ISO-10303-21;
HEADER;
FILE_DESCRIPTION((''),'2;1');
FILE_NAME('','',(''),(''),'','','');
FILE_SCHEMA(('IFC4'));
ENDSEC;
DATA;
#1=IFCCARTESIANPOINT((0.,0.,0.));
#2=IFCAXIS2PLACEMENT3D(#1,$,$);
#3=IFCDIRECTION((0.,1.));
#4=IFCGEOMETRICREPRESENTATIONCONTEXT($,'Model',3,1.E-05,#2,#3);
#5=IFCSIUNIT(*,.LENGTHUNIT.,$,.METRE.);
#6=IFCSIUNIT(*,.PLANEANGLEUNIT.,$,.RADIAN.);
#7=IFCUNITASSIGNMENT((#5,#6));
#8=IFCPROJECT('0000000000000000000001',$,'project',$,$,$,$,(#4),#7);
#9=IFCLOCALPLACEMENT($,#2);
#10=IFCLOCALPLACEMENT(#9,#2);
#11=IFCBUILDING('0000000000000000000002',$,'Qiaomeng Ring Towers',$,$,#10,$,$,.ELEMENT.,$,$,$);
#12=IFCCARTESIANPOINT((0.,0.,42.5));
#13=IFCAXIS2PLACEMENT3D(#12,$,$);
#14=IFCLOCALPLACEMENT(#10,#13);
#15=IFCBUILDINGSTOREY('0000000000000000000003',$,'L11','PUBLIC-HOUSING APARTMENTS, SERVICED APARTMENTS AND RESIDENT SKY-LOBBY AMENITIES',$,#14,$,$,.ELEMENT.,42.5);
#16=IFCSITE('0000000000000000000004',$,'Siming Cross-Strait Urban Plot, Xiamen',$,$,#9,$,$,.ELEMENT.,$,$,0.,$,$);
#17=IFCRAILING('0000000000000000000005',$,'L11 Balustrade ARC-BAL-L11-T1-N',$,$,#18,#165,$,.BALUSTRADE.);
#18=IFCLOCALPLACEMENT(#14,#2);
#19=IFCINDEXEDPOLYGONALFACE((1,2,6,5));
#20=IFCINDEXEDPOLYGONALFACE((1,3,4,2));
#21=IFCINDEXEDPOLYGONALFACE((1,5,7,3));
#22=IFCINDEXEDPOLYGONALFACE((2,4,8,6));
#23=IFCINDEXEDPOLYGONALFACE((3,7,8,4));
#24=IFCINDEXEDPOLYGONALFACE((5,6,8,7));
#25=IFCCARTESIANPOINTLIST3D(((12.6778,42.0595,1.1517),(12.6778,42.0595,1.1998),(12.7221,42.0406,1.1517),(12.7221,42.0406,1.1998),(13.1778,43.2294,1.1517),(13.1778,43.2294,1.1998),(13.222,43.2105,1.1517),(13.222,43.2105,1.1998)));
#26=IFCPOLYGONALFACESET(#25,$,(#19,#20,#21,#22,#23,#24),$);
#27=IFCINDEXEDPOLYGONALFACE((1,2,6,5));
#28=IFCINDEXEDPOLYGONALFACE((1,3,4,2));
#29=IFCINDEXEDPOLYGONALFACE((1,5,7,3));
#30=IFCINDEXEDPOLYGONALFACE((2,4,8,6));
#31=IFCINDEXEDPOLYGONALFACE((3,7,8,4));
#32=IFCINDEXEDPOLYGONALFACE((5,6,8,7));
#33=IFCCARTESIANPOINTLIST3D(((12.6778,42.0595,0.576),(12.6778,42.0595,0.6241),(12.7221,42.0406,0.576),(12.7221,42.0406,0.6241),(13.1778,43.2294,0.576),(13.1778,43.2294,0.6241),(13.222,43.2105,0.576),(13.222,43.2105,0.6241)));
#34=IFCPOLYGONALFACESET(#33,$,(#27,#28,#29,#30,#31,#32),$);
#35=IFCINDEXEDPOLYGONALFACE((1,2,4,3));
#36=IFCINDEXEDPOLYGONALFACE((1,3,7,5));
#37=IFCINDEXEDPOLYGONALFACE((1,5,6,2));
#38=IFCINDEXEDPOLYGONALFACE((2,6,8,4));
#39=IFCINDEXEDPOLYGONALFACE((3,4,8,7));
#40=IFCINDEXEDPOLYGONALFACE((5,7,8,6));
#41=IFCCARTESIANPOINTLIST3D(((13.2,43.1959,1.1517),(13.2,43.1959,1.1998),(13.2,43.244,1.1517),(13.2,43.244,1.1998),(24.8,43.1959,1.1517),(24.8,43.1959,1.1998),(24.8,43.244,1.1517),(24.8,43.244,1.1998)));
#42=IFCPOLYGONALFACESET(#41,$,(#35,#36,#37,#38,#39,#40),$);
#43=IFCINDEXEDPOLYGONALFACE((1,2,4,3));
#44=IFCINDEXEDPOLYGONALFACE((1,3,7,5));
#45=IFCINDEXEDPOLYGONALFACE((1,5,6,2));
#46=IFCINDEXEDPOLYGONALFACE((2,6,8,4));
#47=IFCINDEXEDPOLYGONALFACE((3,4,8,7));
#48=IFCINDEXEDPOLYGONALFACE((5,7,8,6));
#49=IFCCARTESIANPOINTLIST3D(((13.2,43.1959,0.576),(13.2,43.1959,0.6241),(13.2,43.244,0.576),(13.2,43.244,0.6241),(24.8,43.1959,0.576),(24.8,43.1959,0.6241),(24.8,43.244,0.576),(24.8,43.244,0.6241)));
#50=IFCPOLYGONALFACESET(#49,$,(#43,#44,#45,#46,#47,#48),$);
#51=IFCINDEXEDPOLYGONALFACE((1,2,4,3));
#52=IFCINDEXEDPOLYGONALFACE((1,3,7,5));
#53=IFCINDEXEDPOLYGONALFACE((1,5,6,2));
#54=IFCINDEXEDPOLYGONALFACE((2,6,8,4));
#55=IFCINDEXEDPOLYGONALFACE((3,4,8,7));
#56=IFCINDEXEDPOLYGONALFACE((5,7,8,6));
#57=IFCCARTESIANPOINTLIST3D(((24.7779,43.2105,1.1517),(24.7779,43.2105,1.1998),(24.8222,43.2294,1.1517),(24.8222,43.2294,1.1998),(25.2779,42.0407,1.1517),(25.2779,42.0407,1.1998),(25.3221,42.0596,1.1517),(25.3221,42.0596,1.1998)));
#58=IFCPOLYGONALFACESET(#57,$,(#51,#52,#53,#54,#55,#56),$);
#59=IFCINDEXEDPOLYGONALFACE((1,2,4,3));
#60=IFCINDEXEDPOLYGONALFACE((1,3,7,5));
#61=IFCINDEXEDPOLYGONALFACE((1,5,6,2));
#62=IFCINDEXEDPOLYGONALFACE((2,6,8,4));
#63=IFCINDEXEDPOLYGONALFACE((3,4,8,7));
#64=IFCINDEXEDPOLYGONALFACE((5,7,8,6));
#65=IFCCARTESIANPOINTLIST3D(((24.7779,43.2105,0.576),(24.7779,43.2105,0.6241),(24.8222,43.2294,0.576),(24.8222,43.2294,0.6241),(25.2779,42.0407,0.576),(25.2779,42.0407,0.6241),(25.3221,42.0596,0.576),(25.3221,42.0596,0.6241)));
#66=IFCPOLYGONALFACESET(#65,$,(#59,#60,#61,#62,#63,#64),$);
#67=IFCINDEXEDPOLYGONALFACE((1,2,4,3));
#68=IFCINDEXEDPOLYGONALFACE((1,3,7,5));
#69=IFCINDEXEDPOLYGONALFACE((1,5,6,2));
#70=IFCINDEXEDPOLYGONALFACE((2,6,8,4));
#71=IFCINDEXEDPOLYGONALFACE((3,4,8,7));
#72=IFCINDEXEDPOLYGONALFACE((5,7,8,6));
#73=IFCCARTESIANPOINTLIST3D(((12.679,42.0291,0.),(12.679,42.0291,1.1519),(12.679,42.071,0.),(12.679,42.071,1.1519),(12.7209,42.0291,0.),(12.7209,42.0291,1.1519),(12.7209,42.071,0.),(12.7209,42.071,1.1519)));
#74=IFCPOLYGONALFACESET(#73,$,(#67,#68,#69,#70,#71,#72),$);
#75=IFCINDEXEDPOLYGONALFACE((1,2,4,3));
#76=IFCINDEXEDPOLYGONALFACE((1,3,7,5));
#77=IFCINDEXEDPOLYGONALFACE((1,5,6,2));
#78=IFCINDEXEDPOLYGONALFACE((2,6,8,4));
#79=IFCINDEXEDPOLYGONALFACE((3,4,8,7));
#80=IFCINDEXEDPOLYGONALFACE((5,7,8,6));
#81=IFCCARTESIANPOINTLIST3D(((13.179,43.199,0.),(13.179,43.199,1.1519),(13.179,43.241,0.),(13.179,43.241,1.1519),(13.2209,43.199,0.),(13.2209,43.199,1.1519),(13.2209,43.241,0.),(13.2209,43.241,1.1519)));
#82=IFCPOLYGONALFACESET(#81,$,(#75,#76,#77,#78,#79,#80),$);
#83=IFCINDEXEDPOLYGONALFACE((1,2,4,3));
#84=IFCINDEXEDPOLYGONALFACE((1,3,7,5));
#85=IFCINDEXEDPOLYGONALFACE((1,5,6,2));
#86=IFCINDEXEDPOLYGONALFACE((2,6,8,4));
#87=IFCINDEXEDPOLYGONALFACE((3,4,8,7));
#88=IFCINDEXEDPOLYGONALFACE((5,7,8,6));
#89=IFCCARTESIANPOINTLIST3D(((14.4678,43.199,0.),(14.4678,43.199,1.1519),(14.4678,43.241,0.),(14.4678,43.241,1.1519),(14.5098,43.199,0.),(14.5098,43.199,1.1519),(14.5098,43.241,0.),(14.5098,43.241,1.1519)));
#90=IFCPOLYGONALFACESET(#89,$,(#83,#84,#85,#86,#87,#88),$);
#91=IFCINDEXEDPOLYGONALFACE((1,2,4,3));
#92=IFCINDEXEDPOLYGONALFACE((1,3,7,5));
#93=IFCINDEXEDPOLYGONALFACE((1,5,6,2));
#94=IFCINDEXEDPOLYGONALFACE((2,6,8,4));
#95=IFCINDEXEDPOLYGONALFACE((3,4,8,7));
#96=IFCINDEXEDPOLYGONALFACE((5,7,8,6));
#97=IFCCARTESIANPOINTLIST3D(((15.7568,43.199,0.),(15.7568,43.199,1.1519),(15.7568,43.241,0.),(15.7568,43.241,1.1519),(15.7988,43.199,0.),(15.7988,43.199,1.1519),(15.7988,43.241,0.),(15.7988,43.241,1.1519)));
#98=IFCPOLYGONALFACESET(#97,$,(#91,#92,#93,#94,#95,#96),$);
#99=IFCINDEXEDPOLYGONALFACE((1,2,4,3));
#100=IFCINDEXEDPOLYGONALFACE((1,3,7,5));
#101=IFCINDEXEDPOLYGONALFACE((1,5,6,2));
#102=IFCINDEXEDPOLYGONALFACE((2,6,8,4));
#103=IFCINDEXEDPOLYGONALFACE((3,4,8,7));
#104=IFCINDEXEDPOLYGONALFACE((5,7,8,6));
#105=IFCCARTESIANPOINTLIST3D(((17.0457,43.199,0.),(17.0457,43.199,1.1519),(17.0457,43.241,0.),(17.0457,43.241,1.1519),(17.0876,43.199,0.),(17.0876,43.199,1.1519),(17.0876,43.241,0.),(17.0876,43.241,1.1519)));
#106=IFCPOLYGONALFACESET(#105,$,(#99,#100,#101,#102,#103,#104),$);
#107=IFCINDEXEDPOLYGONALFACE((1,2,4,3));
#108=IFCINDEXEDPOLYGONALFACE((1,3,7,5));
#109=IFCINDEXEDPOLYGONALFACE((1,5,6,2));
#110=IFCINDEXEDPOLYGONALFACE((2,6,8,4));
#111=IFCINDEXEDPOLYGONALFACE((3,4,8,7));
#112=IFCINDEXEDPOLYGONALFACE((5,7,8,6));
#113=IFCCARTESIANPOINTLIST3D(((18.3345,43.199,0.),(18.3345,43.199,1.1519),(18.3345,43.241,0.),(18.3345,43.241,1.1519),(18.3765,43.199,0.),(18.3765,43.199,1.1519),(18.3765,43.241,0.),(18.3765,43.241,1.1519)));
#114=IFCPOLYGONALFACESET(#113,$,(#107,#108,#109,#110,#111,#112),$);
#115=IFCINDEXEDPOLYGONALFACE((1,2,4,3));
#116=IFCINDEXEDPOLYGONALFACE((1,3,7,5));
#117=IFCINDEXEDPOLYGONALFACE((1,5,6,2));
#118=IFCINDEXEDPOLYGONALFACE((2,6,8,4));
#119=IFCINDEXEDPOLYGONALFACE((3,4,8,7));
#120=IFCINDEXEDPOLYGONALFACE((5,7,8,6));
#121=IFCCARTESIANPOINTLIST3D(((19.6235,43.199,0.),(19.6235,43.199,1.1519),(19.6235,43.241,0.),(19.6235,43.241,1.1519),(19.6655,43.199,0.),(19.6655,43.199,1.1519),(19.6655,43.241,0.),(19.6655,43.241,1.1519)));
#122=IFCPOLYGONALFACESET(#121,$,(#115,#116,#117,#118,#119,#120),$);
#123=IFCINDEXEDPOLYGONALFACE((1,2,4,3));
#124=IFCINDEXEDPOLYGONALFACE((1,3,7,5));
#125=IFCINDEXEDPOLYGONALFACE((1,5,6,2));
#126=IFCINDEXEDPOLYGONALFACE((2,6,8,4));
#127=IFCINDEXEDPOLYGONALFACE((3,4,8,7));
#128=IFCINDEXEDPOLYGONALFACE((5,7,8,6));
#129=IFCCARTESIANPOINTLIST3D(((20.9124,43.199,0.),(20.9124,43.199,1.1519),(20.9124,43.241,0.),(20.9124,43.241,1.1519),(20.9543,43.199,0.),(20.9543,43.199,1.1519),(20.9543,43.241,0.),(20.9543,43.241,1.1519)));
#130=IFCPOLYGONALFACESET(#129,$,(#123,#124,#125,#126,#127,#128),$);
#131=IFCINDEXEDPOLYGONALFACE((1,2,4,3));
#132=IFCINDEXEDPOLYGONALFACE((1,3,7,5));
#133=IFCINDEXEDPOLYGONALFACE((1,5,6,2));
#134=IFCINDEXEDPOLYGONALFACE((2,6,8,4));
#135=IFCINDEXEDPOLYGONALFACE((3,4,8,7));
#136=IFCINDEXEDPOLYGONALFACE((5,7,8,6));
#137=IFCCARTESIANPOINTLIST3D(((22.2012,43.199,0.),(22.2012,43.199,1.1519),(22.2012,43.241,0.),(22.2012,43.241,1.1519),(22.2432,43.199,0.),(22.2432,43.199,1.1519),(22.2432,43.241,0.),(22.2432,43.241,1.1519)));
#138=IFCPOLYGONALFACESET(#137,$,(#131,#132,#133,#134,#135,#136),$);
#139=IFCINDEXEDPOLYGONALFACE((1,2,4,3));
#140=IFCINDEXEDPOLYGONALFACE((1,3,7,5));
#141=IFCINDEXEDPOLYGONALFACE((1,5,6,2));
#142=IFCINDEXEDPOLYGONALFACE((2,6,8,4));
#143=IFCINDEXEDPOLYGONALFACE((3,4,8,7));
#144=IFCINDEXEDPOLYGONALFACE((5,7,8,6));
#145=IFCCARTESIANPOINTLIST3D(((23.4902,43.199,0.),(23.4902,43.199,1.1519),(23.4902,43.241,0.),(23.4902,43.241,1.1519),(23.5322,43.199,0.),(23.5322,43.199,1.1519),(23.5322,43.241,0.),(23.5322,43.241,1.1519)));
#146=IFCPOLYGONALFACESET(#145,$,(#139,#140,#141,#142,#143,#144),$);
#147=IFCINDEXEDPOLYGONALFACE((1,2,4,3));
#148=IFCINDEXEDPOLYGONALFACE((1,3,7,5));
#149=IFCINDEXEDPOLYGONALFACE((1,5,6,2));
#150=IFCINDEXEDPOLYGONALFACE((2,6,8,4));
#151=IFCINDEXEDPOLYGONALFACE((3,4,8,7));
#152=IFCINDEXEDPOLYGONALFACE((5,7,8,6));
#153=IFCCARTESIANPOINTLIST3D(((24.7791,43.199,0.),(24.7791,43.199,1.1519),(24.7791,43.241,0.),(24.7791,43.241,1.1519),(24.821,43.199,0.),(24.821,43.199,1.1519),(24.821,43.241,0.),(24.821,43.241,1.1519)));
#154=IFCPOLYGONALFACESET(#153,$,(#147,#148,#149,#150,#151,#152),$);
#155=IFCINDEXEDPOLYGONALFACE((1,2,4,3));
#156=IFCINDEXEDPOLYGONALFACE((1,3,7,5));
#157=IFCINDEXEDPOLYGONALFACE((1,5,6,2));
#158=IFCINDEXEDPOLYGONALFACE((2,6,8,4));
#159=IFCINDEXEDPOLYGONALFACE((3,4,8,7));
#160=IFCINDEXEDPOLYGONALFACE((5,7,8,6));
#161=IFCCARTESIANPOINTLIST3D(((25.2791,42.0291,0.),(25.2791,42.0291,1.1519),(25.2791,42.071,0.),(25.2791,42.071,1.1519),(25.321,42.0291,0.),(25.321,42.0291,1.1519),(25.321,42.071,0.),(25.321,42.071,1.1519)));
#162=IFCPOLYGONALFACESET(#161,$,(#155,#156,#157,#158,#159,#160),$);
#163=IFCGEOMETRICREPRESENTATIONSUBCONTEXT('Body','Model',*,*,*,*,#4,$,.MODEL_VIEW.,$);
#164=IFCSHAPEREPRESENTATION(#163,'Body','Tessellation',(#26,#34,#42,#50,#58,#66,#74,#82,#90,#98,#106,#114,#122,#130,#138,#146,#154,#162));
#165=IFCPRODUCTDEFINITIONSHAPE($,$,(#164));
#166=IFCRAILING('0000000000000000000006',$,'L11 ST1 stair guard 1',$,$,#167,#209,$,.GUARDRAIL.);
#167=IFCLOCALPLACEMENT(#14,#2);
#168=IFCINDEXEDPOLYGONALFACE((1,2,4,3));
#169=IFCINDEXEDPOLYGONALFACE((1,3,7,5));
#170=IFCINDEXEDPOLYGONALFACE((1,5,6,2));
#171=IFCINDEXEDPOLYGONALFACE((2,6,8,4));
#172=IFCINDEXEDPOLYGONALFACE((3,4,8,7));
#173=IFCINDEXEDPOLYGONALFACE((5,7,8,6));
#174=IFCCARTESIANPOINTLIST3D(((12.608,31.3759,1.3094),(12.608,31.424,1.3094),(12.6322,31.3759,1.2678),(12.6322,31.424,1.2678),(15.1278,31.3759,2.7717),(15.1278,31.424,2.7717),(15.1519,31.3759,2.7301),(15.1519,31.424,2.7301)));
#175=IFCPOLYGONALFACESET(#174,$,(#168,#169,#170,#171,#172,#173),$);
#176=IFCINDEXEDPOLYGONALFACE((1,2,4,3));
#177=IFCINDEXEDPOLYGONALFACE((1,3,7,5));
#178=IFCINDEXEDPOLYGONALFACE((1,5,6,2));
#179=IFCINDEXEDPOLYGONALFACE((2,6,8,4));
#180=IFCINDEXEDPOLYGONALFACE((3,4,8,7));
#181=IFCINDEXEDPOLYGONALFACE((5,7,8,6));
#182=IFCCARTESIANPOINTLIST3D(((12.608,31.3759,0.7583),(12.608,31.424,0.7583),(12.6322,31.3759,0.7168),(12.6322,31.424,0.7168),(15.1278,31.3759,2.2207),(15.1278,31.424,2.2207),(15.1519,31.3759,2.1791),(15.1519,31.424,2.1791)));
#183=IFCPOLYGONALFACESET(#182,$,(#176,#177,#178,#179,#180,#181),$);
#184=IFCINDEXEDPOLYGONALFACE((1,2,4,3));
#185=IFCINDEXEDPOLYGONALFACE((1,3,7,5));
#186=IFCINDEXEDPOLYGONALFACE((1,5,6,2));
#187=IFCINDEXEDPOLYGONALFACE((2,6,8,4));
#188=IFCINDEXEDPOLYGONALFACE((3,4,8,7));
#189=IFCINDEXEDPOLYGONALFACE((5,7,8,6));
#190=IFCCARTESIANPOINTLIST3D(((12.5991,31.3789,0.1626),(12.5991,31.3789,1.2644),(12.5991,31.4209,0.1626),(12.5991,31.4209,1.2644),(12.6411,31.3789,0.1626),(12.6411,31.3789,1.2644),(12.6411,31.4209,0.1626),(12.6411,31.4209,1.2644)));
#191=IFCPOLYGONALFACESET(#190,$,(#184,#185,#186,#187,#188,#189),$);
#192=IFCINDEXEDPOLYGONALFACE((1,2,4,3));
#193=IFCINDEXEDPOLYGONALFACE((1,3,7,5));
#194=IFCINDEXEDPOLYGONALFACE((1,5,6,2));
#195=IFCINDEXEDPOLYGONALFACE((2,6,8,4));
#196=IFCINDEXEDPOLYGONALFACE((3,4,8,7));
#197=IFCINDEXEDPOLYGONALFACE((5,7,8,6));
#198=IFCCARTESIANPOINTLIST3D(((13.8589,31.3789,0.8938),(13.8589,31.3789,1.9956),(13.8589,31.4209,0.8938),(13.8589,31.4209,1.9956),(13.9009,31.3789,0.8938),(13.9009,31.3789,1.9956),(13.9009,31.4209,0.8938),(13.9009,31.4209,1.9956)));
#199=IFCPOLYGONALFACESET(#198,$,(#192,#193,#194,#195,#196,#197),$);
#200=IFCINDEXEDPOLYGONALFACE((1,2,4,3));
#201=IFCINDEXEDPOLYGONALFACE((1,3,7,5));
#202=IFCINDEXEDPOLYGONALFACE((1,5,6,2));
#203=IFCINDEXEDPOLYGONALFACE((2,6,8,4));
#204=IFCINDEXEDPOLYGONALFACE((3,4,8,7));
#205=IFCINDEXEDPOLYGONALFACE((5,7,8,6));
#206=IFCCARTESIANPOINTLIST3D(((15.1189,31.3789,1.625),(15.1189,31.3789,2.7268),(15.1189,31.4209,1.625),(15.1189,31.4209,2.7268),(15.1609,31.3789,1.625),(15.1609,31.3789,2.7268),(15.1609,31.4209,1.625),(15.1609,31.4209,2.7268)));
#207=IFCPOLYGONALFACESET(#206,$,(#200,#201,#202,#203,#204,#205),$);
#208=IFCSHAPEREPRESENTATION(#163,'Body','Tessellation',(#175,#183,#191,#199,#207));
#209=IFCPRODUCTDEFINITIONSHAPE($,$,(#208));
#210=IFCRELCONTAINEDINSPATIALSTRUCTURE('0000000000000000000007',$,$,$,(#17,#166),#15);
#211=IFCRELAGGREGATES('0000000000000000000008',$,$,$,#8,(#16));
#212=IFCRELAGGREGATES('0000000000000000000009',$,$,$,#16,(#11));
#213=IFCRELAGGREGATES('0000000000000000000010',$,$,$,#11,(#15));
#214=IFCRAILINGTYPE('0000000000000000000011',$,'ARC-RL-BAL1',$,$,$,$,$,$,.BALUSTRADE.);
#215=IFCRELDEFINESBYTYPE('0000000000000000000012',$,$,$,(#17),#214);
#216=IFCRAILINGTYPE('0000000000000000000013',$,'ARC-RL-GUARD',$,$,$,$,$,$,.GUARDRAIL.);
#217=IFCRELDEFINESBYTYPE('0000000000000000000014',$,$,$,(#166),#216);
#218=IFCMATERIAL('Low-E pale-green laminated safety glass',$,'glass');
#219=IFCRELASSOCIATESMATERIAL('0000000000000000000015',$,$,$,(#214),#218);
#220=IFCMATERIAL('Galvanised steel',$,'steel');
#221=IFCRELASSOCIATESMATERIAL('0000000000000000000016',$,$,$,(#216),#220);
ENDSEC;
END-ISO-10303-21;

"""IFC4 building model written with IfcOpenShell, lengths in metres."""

from ifc_helpers import new_model, si_unit, direction, frame, origin, origin_2d, place, context, subcontext, project, spatial, rectangle, extrude, material, type_object, element, save


model = new_model("IFC4")

# Units and contexts
model_context = context("Model", 3, precision=1e-05, world=origin(), true_north=direction((0.0, 1.0)))
body_context = subcontext(model_context, "Body", "Model", "MODEL_VIEW")
ifc_project = project(units=[si_unit("LENGTHUNIT", "METRE"), si_unit("PLANEANGLEUNIT", "RADIAN")], contexts=[model_context])

# Site, building, storey
site_placement = place(None, origin())
site = spatial("IfcSite", under=ifc_project, at=site_placement, Name="Siming Cross-Strait Urban Plot, Xiamen", CompositionType="ELEMENT", RefElevation=0.0)
building_placement = place(site_placement, origin())
building = spatial("IfcBuilding", under=site, at=building_placement, Name="Qiaomeng Ring Towers", CompositionType="ELEMENT")
storey_placement = place(building_placement, frame((0.0, 0.0, 42.5)))
storey = spatial("IfcBuildingStorey", under=building, at=storey_placement, Name="L11", Description="PUBLIC-HOUSING APARTMENTS, SERVICED APARTMENTS AND RESIDENT SKY-LOBBY AMENITIES", CompositionType="ELEMENT", Elevation=42.5)

# Shared definitions
ifc_material_1 = material(Name="Galvanised steel", Category="steel")

# Railings
ifc_material_2 = material(Name="Low-E pale-green laminated safety glass", Category="glass")
railing_type_1 = type_object("IfcRailingType", Name="ARC-RL-BAL1", PredefinedType="BALUSTRADE", material=ifc_material_2)
railing_1_placement = place(storey_placement, frame((12.7, 42.05, 0.0)))
element("IfcRailing", 1, at=railing_1_placement, inside=storey, type_object=railing_type_1, Name="L11 Balustrade ARC-BAL-L11-T1-N", PredefinedType="BALUSTRADE", context=body_context, shape_type="SweptSolid", body=[
    extrude(rectangle(XDim=0.0481, YDim=0.0481, at=origin_2d()), frame((0.0, 0.0, 1.1758), z_axis=(0.392993, 0.919542, 0.0), x_axis=(-0.919542, 0.392993, 0.0)), (0.0, 0.0, 1.0), 1.2722),
    extrude(rectangle(XDim=0.0481, YDim=0.0481, at=origin_2d()), frame((0.0, 0.0, 0.6001), z_axis=(0.392993, 0.919542, 0.0), x_axis=(-0.919542, 0.392993, 0.0)), (0.0, 0.0, 1.0), 1.2722),
    extrude(rectangle(XDim=0.0481, YDim=0.0481, at=origin_2d()), frame((0.5, 1.1699, 1.1758), z_axis=(1.0, 0.0, 0.0), x_axis=(0.0, 1.0, 0.0)), (0.0, 0.0, 1.0), 11.6001),
    extrude(rectangle(XDim=0.0481, YDim=0.0481, at=origin_2d()), frame((0.5, 1.1699, 0.6001), z_axis=(1.0, 0.0, 0.0), x_axis=(0.0, 1.0, 0.0)), (0.0, 0.0, 1.0), 11.6001),
    extrude(rectangle(XDim=0.0481, YDim=0.0481, at=origin_2d()), frame((12.1001, 1.1699, 1.1758), z_axis=(0.392993, -0.919542, 0.0), x_axis=(0.919542, 0.392993, 0.0)), (0.0, 0.0, 1.0), 1.2722),
    extrude(rectangle(XDim=0.0481, YDim=0.0481, at=origin_2d()), frame((12.1001, 1.1699, 0.6001), z_axis=(0.392993, -0.919542, 0.0), x_axis=(0.919542, 0.392993, 0.0)), (0.0, 0.0, 1.0), 1.2722),
    extrude(rectangle(XDim=0.042, YDim=0.042, at=origin_2d()), origin(), (0.0, 0.0, 1.0), 1.1519),
    extrude(rectangle(XDim=0.042, YDim=0.042, at=origin_2d()), frame((0.5, 1.1699, 0.0)), (0.0, 0.0, 1.0), 1.1519),
    extrude(rectangle(XDim=0.042, YDim=0.042, at=origin_2d()), frame((1.7888, 1.1699, 0.0)), (0.0, 0.0, 1.0), 1.1519),
    extrude(rectangle(XDim=0.042, YDim=0.042, at=origin_2d()), frame((3.0779, 1.1699, 0.0)), (0.0, 0.0, 1.0), 1.1519),
    extrude(rectangle(XDim=0.042, YDim=0.042, at=origin_2d()), frame((4.3667, 1.1699, 0.0)), (0.0, 0.0, 1.0), 1.1519),
    extrude(rectangle(XDim=0.042, YDim=0.042, at=origin_2d()), frame((5.6555, 1.1699, 0.0)), (0.0, 0.0, 1.0), 1.1519),
    extrude(rectangle(XDim=0.042, YDim=0.042, at=origin_2d()), frame((6.9446, 1.1699, 0.0)), (0.0, 0.0, 1.0), 1.1519),
    extrude(rectangle(XDim=0.042, YDim=0.042, at=origin_2d()), frame((8.2334, 1.1699, 0.0)), (0.0, 0.0, 1.0), 1.1519),
    extrude(rectangle(XDim=0.042, YDim=0.042, at=origin_2d()), frame((9.5222, 1.1699, 0.0)), (0.0, 0.0, 1.0), 1.1519),
    extrude(rectangle(XDim=0.042, YDim=0.042, at=origin_2d()), frame((10.8113, 1.1699, 0.0)), (0.0, 0.0, 1.0), 1.1519),
    extrude(rectangle(XDim=0.042, YDim=0.042, at=origin_2d()), frame((12.1001, 1.1699, 0.0)), (0.0, 0.0, 1.0), 1.1519),
    extrude(rectangle(XDim=0.042, YDim=0.042, at=origin_2d()), frame((12.6001, 0.0, 0.0)), (0.0, 0.0, 1.0), 1.1519),
])
railing_type_2 = type_object("IfcRailingType", Name="ARC-RL-GUARD", PredefinedType="GUARDRAIL", material=ifc_material_1)
railing_2_placement = place(storey_placement, frame((12.6201, 31.3999, 0.1626)))
element("IfcRailing", 2, at=railing_2_placement, inside=storey, type_object=railing_type_2, Name="L11 ST1 stair guard 1", PredefinedType="GUARDRAIL", context=body_context, shape_type="SweptSolid", body=[
    extrude(rectangle(XDim=0.0481, YDim=0.0481, at=origin_2d()), frame((0.0, 0.0, 1.126), z_axis=(0.864892, 0.0, 0.501958), x_axis=(0.0, 1.0, 0.0)), (0.0, 0.0, 1.0), 2.9133),
    extrude(rectangle(XDim=0.0481, YDim=0.0481, at=origin_2d()), frame((0.0, 0.0, 0.575), z_axis=(0.864892, 0.0, 0.501958), x_axis=(0.0, 1.0, 0.0)), (0.0, 0.0, 1.0), 2.9133),
    extrude(rectangle(XDim=0.042, YDim=0.042, at=origin_2d()), origin(), (0.0, 0.0, 1.0), 1.1018),
    extrude(rectangle(XDim=0.042, YDim=0.042, at=origin_2d()), frame((1.2598, 0.0, 0.7312)), (0.0, 0.0, 1.0), 1.1018),
    extrude(rectangle(XDim=0.042, YDim=0.042, at=origin_2d()), frame((2.5198, 0.0, 1.4624)), (0.0, 0.0, 1.0), 1.1018),
])

save(model, "model.ifc")
